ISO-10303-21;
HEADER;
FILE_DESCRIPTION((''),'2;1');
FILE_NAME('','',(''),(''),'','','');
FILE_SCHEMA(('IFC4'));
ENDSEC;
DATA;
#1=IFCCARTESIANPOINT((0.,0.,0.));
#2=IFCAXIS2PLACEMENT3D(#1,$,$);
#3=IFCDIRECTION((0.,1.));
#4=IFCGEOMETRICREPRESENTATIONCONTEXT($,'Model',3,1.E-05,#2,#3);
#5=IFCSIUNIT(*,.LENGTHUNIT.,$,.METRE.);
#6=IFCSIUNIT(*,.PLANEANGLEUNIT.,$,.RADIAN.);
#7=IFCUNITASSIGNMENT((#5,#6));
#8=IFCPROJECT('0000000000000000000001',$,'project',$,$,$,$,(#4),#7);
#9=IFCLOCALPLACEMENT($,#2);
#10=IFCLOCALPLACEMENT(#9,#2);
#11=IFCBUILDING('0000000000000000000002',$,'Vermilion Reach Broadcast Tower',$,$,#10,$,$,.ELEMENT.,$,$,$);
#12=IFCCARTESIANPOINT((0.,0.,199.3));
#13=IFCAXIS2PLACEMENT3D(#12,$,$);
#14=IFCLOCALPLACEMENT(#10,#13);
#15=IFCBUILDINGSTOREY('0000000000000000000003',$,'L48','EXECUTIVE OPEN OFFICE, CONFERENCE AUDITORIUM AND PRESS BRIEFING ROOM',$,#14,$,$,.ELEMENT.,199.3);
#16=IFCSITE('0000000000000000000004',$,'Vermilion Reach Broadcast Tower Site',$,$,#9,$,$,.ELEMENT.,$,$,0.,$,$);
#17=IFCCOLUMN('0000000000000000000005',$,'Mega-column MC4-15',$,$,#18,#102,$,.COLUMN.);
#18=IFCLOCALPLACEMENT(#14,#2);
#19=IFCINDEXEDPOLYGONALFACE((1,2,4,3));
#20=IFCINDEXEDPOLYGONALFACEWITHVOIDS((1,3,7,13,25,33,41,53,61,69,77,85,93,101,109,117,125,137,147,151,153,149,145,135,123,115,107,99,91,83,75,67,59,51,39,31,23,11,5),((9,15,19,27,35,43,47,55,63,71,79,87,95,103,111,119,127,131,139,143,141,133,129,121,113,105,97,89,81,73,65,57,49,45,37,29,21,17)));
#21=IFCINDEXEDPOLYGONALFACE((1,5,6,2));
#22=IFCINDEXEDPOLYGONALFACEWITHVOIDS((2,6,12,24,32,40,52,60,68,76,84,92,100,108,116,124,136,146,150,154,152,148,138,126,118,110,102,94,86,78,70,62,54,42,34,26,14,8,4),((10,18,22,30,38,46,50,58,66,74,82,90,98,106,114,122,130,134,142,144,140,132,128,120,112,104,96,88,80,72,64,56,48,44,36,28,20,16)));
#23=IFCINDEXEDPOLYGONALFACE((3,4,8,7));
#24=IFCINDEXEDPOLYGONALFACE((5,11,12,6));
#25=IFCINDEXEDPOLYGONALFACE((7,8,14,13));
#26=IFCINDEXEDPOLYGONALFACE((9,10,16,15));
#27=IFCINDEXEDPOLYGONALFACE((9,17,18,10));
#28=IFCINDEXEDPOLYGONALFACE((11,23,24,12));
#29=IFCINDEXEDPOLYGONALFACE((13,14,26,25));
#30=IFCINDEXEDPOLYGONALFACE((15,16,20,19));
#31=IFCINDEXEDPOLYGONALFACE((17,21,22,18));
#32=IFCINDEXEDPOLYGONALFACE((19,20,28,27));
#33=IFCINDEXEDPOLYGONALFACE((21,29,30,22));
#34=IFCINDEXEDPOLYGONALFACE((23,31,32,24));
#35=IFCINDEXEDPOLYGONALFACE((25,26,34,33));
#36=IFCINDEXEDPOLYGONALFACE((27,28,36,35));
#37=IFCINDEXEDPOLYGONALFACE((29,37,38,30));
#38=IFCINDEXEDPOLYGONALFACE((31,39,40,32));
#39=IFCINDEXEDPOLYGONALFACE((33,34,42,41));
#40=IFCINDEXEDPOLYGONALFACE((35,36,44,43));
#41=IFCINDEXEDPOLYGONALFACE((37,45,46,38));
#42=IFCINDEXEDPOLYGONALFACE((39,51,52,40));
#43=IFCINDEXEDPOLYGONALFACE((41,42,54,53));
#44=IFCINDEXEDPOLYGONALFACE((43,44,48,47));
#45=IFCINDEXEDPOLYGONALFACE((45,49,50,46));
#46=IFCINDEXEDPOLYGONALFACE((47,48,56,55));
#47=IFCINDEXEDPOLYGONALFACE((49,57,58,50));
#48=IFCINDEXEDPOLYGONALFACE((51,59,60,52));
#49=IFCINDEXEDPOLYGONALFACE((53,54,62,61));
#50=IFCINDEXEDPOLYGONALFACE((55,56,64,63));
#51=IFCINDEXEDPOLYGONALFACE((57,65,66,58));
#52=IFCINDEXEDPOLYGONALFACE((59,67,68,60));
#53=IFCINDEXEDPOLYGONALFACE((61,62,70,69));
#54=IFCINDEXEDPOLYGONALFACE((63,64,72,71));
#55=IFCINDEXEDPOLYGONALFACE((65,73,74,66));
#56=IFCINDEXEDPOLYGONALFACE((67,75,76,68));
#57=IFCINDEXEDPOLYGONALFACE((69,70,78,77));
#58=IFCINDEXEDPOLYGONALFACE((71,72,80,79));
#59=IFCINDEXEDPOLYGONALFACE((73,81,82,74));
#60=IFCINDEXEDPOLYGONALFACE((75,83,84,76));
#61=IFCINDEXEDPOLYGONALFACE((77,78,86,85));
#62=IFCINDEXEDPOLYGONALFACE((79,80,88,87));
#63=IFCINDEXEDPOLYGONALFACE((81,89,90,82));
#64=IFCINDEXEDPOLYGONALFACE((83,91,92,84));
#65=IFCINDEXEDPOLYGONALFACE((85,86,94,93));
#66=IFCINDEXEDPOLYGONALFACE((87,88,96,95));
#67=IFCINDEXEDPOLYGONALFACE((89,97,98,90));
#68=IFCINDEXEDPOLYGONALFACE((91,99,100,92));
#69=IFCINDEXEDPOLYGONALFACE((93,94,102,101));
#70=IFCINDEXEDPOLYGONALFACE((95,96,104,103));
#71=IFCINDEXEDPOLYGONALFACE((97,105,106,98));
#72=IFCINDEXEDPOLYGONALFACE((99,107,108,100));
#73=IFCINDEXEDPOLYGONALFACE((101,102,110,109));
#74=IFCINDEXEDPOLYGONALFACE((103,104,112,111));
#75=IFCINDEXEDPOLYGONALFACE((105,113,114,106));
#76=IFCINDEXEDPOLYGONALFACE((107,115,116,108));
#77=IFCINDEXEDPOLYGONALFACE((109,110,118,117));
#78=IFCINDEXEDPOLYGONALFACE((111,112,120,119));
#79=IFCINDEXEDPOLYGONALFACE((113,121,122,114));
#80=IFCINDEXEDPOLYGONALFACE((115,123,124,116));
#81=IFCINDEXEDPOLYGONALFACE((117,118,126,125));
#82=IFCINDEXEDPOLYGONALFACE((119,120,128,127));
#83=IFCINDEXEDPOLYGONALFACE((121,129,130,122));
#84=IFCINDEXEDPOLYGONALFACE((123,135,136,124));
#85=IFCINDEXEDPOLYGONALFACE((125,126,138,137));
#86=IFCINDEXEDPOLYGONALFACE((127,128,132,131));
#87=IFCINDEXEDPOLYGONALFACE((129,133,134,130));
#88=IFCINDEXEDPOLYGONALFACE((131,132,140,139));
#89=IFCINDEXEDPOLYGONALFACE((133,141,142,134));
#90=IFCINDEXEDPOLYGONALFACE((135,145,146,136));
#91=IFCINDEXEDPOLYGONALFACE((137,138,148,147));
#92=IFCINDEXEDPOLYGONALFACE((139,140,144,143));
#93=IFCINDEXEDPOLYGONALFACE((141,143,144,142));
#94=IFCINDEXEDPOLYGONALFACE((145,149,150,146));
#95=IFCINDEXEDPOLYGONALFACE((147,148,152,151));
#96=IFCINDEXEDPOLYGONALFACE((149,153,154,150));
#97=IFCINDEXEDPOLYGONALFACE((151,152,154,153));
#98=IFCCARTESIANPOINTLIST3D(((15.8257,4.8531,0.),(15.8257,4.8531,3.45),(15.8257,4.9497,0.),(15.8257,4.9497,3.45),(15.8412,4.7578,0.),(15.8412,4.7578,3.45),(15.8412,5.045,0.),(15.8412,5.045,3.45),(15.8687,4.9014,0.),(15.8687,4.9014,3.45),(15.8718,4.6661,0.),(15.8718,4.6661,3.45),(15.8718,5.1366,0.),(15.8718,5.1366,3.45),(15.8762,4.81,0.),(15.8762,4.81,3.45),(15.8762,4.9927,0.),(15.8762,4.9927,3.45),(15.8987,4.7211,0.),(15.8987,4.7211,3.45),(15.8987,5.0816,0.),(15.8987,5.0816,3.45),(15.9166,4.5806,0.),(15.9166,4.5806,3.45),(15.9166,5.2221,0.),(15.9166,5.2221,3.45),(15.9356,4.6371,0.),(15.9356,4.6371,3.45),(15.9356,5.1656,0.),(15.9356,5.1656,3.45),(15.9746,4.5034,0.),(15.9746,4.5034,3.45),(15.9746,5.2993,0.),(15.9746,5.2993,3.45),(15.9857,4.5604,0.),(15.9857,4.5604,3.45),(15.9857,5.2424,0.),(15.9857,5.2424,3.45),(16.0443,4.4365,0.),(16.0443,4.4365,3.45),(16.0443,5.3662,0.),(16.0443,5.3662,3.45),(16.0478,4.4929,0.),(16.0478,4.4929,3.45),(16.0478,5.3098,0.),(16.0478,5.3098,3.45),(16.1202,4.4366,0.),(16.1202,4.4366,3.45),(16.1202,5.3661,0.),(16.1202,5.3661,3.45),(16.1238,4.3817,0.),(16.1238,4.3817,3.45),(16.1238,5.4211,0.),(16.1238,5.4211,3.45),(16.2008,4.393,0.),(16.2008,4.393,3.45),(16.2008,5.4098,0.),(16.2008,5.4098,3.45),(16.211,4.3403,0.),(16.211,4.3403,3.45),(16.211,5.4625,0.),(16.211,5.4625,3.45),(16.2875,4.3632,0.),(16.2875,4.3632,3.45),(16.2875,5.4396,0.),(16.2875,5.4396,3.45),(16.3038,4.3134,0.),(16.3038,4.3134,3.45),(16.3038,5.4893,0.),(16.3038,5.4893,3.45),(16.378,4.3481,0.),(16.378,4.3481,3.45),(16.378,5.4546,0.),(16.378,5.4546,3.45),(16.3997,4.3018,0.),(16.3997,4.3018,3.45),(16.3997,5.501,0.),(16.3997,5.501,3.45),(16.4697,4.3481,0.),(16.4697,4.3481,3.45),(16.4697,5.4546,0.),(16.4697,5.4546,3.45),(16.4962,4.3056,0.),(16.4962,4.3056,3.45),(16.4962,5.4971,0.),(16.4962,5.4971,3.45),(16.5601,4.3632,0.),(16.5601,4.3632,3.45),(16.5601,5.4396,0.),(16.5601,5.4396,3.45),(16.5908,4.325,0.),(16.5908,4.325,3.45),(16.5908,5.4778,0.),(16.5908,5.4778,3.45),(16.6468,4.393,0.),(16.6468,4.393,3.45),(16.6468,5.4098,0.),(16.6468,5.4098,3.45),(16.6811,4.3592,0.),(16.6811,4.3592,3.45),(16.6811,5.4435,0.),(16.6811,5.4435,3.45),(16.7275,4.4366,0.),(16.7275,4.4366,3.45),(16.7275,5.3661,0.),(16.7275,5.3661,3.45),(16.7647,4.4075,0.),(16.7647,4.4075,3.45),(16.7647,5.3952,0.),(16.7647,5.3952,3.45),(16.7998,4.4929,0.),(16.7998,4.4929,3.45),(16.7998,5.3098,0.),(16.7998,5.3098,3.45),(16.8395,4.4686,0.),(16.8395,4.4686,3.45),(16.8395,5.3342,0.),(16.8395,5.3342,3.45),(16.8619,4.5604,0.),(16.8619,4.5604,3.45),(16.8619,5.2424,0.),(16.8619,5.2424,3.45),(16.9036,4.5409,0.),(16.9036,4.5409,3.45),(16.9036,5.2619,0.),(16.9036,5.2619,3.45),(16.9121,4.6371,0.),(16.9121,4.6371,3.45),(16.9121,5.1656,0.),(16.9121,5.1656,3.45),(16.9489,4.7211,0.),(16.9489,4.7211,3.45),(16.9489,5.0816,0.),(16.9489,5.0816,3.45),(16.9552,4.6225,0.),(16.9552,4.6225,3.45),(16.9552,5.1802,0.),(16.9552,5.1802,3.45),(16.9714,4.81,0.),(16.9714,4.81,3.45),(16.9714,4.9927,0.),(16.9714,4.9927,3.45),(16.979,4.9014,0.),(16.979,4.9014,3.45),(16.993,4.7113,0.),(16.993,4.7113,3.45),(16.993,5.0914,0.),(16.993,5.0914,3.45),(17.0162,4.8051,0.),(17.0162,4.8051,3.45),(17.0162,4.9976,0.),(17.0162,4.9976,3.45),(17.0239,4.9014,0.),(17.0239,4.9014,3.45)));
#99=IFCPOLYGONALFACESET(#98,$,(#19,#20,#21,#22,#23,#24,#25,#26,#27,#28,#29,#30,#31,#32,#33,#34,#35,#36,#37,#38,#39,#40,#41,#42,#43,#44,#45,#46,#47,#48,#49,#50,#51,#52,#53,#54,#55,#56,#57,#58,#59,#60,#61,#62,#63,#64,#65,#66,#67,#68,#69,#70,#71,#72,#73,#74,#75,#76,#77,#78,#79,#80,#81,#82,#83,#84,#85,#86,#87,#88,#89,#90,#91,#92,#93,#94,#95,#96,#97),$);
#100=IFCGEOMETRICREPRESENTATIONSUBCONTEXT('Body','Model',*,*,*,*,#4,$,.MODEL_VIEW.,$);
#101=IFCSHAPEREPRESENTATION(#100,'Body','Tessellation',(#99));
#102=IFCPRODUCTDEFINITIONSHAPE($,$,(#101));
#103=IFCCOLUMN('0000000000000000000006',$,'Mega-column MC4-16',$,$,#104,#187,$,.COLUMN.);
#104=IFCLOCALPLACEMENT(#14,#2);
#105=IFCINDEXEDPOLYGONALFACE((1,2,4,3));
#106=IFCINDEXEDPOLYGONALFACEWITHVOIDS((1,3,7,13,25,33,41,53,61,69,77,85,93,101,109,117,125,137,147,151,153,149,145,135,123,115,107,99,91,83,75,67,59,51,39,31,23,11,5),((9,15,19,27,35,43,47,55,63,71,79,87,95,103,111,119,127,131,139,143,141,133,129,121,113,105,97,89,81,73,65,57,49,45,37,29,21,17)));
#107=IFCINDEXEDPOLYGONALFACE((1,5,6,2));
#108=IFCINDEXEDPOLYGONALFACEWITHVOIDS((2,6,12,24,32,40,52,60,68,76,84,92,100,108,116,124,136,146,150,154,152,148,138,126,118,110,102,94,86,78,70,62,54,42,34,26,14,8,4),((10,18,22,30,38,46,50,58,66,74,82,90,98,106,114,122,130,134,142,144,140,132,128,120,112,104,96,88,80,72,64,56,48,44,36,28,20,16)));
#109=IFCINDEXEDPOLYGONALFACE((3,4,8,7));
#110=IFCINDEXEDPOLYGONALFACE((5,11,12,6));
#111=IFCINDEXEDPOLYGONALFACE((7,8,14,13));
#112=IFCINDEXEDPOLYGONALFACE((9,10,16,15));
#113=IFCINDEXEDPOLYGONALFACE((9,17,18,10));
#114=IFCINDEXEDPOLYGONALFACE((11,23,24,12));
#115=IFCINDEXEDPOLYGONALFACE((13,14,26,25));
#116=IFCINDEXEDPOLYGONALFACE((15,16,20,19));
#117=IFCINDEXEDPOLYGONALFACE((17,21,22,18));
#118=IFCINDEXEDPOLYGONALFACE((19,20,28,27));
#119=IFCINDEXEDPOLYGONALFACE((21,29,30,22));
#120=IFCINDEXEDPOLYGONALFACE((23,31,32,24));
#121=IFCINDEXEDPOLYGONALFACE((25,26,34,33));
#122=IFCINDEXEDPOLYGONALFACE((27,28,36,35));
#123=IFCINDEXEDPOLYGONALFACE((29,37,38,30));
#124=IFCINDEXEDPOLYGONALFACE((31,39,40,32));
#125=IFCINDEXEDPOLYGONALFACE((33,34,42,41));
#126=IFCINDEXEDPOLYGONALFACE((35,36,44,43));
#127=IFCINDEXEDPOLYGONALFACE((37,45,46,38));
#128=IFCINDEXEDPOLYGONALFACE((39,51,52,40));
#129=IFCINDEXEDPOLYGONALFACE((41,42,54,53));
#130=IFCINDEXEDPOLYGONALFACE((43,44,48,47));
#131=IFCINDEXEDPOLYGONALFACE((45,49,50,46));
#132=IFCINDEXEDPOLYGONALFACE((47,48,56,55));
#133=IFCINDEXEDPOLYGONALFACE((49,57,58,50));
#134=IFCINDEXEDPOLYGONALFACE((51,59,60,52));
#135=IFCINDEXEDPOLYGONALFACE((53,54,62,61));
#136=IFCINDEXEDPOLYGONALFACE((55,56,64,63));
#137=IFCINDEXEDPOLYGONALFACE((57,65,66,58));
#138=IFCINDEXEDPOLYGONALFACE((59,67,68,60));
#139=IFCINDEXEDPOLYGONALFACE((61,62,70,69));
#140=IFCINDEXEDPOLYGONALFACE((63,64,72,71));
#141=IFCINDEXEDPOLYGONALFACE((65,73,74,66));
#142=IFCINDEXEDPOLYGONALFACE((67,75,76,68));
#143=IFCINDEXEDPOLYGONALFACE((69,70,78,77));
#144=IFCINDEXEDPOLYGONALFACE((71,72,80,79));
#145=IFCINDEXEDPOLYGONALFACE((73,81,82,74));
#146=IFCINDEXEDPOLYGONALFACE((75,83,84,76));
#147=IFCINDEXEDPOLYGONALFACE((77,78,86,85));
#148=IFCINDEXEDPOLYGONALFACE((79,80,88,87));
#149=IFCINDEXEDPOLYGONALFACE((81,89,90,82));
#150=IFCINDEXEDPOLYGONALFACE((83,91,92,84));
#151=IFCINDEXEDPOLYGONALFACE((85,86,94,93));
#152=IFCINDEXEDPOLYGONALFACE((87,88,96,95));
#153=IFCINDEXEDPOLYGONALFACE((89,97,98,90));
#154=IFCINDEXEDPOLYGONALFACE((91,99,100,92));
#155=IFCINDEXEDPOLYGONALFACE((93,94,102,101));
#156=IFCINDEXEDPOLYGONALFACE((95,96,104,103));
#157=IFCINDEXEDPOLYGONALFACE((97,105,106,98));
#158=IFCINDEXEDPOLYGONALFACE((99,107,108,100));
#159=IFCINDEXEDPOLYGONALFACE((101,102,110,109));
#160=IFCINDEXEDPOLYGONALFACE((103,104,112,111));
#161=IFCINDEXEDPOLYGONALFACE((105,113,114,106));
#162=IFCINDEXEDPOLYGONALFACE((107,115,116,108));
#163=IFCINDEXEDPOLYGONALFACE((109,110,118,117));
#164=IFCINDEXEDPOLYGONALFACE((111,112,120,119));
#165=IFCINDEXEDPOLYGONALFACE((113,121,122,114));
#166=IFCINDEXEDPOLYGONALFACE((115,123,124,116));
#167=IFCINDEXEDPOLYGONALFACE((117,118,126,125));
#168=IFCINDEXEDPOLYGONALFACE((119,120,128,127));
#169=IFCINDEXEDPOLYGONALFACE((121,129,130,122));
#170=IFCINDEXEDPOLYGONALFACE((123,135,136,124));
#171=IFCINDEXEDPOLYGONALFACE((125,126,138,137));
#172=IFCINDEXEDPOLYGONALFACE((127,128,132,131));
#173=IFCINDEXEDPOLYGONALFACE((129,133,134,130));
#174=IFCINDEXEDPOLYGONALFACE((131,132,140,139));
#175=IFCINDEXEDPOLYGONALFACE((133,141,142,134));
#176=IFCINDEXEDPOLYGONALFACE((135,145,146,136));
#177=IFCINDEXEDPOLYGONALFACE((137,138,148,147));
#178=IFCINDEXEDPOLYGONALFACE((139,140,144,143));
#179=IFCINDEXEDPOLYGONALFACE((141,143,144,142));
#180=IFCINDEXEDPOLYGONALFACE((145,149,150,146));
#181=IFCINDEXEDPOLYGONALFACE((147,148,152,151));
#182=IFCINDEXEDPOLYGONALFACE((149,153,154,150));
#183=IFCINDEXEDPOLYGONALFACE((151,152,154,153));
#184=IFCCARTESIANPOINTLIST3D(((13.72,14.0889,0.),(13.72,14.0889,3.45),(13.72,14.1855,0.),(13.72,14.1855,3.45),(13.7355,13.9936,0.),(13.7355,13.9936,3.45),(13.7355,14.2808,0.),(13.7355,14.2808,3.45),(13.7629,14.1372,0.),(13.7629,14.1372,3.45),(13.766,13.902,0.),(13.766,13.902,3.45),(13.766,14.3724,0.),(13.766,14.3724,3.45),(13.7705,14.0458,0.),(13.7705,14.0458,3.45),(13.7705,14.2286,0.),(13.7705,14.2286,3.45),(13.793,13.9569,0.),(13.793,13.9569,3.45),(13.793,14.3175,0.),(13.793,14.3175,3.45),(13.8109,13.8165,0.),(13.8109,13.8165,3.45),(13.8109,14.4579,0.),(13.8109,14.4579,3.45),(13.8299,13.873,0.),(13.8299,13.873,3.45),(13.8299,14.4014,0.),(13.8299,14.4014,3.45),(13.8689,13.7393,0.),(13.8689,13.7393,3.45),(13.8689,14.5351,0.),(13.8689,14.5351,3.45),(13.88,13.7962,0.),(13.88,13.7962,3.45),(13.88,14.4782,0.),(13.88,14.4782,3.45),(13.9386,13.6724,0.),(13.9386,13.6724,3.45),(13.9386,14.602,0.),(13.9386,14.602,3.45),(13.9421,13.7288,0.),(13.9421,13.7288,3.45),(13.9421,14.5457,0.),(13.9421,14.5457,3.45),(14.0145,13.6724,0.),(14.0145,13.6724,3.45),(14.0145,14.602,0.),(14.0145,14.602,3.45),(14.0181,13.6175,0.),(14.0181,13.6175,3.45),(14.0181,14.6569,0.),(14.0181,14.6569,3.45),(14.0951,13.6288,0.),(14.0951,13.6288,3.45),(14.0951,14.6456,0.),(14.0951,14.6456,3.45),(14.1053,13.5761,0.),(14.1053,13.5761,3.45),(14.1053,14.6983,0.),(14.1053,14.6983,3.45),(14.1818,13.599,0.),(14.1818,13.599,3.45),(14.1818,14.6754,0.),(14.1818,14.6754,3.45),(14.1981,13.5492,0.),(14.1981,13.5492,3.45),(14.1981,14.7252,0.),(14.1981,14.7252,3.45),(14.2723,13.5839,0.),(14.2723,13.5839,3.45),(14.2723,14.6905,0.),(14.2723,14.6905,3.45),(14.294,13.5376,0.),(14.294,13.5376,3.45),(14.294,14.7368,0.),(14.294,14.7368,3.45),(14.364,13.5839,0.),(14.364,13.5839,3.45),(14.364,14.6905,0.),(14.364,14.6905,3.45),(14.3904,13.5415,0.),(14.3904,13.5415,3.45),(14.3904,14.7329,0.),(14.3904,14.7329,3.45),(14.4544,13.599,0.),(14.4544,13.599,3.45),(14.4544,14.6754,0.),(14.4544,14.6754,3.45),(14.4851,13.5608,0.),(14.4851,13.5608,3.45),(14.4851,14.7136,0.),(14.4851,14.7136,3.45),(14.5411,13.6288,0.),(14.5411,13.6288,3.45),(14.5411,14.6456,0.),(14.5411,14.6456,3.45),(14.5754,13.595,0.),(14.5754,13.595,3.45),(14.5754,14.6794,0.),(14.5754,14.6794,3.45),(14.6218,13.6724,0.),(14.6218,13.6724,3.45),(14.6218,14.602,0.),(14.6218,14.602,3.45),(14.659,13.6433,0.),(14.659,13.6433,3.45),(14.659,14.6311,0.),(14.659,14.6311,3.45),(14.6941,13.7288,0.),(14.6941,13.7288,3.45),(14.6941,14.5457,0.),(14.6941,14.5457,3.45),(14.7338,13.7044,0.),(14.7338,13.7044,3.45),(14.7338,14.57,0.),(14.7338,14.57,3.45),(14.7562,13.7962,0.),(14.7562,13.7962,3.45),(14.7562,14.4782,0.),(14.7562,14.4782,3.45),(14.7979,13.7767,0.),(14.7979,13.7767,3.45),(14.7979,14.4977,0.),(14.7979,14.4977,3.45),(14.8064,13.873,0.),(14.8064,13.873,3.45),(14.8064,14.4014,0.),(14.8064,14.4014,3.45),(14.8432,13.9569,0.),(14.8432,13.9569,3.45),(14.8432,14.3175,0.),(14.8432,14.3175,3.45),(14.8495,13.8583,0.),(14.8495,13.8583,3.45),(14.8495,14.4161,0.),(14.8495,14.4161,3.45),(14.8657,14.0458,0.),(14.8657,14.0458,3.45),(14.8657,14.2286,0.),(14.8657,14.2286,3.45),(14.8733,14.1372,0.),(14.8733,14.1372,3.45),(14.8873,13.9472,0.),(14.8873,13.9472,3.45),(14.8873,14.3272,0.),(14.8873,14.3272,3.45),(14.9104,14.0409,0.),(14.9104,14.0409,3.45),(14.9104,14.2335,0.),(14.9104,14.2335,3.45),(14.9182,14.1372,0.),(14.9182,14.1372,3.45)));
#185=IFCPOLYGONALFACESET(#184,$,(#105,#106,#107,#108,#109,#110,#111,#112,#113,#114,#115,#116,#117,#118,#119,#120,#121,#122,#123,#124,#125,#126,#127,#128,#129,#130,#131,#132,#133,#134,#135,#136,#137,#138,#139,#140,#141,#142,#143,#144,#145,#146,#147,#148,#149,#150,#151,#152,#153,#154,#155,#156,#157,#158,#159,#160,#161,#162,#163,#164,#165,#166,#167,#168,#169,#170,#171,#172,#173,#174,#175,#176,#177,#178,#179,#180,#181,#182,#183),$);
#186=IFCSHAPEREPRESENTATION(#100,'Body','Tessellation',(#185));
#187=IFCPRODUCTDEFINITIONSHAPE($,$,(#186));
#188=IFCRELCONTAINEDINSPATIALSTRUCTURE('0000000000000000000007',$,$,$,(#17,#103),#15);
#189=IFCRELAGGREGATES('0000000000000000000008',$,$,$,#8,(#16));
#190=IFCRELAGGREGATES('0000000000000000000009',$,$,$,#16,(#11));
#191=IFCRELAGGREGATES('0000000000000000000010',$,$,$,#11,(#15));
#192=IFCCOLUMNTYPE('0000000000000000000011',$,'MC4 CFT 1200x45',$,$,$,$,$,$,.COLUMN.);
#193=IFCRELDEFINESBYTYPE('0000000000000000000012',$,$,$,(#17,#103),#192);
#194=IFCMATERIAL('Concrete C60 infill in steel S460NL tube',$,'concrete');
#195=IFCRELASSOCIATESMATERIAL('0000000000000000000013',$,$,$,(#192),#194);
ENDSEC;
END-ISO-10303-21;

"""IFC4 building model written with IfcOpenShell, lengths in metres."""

from ifc_helpers import new_model, si_unit, direction, frame, origin, origin_2d, place, context, subcontext, project, spatial, hollow_circle, extrude, material, material_profile, profile_set, type_object, element, save


model = new_model("IFC4")

# Units and contexts
model_context = context("Model", 3, precision=1e-05, world=origin(), true_north=direction((0.0, 1.0)))
body_context = subcontext(model_context, "Body", "Model", "MODEL_VIEW")
ifc_project = project(units=[si_unit("LENGTHUNIT", "METRE"), si_unit("PLANEANGLEUNIT", "RADIAN")], contexts=[model_context])

# Site, building, storey
site_placement = place(None, origin())
site = spatial("IfcSite", under=ifc_project, at=site_placement, Name="Vermilion Reach Broadcast Tower Site", CompositionType="ELEMENT", RefElevation=0.0)
building_placement = place(site_placement, origin())
building = spatial("IfcBuilding", under=site, at=building_placement, Name="Vermilion Reach Broadcast Tower", CompositionType="ELEMENT")
storey_placement = place(building_placement, frame((0.0, 0.0, 199.3)))
storey = spatial("IfcBuildingStorey", under=building, at=storey_placement, Name="L48", Description="EXECUTIVE OPEN OFFICE, CONFERENCE AUDITORIUM AND PRESS BRIEFING ROOM", CompositionType="ELEMENT", Elevation=199.3)

# Columns
ifc_material_1 = material(Name="Concrete C60 infill in steel S460NL tube", Category="concrete")
ifc_material_profile_1 = material_profile(ifc_material_1, hollow_circle(Radius=0.6001, WallThickness=0.0449, at=origin_2d()), Name="Concrete C60 infill in steel S460NL tube CFT 1200x45")
ifc_profile_set_1 = profile_set([ifc_material_profile_1], Name="Concrete C60 infill in steel S460NL tube")
column_type = type_object("IfcColumnType", Name="MC4 CFT 1200x45", PredefinedType="COLUMN", material=ifc_profile_set_1)
for number, where, z_axis, x_axis, name in (
    (1, (16.4238, 4.9014, 0.0), (0.0, 0.0, 1.0), (1.0, 0.0, 0.0), "Mega-column MC4-15"),
    (2, (14.3181, 14.1372, 0.0), (0.0, 0.0, 1.0), (1.0, 0.0, 0.0), "Mega-column MC4-16"),
):
    element("IfcColumn", number, at=place(storey_placement, frame(where, z_axis=z_axis, x_axis=x_axis)), inside=storey, type_object=column_type, Name=name, PredefinedType="COLUMN", context=body_context, shape_type="SweptSolid", body=[
        extrude(hollow_circle(Radius=0.6001, WallThickness=0.0449, at=origin_2d()), origin(), (0.0, 0.0, 1.0), 3.45),
    ])

save(model, "model.ifc")
